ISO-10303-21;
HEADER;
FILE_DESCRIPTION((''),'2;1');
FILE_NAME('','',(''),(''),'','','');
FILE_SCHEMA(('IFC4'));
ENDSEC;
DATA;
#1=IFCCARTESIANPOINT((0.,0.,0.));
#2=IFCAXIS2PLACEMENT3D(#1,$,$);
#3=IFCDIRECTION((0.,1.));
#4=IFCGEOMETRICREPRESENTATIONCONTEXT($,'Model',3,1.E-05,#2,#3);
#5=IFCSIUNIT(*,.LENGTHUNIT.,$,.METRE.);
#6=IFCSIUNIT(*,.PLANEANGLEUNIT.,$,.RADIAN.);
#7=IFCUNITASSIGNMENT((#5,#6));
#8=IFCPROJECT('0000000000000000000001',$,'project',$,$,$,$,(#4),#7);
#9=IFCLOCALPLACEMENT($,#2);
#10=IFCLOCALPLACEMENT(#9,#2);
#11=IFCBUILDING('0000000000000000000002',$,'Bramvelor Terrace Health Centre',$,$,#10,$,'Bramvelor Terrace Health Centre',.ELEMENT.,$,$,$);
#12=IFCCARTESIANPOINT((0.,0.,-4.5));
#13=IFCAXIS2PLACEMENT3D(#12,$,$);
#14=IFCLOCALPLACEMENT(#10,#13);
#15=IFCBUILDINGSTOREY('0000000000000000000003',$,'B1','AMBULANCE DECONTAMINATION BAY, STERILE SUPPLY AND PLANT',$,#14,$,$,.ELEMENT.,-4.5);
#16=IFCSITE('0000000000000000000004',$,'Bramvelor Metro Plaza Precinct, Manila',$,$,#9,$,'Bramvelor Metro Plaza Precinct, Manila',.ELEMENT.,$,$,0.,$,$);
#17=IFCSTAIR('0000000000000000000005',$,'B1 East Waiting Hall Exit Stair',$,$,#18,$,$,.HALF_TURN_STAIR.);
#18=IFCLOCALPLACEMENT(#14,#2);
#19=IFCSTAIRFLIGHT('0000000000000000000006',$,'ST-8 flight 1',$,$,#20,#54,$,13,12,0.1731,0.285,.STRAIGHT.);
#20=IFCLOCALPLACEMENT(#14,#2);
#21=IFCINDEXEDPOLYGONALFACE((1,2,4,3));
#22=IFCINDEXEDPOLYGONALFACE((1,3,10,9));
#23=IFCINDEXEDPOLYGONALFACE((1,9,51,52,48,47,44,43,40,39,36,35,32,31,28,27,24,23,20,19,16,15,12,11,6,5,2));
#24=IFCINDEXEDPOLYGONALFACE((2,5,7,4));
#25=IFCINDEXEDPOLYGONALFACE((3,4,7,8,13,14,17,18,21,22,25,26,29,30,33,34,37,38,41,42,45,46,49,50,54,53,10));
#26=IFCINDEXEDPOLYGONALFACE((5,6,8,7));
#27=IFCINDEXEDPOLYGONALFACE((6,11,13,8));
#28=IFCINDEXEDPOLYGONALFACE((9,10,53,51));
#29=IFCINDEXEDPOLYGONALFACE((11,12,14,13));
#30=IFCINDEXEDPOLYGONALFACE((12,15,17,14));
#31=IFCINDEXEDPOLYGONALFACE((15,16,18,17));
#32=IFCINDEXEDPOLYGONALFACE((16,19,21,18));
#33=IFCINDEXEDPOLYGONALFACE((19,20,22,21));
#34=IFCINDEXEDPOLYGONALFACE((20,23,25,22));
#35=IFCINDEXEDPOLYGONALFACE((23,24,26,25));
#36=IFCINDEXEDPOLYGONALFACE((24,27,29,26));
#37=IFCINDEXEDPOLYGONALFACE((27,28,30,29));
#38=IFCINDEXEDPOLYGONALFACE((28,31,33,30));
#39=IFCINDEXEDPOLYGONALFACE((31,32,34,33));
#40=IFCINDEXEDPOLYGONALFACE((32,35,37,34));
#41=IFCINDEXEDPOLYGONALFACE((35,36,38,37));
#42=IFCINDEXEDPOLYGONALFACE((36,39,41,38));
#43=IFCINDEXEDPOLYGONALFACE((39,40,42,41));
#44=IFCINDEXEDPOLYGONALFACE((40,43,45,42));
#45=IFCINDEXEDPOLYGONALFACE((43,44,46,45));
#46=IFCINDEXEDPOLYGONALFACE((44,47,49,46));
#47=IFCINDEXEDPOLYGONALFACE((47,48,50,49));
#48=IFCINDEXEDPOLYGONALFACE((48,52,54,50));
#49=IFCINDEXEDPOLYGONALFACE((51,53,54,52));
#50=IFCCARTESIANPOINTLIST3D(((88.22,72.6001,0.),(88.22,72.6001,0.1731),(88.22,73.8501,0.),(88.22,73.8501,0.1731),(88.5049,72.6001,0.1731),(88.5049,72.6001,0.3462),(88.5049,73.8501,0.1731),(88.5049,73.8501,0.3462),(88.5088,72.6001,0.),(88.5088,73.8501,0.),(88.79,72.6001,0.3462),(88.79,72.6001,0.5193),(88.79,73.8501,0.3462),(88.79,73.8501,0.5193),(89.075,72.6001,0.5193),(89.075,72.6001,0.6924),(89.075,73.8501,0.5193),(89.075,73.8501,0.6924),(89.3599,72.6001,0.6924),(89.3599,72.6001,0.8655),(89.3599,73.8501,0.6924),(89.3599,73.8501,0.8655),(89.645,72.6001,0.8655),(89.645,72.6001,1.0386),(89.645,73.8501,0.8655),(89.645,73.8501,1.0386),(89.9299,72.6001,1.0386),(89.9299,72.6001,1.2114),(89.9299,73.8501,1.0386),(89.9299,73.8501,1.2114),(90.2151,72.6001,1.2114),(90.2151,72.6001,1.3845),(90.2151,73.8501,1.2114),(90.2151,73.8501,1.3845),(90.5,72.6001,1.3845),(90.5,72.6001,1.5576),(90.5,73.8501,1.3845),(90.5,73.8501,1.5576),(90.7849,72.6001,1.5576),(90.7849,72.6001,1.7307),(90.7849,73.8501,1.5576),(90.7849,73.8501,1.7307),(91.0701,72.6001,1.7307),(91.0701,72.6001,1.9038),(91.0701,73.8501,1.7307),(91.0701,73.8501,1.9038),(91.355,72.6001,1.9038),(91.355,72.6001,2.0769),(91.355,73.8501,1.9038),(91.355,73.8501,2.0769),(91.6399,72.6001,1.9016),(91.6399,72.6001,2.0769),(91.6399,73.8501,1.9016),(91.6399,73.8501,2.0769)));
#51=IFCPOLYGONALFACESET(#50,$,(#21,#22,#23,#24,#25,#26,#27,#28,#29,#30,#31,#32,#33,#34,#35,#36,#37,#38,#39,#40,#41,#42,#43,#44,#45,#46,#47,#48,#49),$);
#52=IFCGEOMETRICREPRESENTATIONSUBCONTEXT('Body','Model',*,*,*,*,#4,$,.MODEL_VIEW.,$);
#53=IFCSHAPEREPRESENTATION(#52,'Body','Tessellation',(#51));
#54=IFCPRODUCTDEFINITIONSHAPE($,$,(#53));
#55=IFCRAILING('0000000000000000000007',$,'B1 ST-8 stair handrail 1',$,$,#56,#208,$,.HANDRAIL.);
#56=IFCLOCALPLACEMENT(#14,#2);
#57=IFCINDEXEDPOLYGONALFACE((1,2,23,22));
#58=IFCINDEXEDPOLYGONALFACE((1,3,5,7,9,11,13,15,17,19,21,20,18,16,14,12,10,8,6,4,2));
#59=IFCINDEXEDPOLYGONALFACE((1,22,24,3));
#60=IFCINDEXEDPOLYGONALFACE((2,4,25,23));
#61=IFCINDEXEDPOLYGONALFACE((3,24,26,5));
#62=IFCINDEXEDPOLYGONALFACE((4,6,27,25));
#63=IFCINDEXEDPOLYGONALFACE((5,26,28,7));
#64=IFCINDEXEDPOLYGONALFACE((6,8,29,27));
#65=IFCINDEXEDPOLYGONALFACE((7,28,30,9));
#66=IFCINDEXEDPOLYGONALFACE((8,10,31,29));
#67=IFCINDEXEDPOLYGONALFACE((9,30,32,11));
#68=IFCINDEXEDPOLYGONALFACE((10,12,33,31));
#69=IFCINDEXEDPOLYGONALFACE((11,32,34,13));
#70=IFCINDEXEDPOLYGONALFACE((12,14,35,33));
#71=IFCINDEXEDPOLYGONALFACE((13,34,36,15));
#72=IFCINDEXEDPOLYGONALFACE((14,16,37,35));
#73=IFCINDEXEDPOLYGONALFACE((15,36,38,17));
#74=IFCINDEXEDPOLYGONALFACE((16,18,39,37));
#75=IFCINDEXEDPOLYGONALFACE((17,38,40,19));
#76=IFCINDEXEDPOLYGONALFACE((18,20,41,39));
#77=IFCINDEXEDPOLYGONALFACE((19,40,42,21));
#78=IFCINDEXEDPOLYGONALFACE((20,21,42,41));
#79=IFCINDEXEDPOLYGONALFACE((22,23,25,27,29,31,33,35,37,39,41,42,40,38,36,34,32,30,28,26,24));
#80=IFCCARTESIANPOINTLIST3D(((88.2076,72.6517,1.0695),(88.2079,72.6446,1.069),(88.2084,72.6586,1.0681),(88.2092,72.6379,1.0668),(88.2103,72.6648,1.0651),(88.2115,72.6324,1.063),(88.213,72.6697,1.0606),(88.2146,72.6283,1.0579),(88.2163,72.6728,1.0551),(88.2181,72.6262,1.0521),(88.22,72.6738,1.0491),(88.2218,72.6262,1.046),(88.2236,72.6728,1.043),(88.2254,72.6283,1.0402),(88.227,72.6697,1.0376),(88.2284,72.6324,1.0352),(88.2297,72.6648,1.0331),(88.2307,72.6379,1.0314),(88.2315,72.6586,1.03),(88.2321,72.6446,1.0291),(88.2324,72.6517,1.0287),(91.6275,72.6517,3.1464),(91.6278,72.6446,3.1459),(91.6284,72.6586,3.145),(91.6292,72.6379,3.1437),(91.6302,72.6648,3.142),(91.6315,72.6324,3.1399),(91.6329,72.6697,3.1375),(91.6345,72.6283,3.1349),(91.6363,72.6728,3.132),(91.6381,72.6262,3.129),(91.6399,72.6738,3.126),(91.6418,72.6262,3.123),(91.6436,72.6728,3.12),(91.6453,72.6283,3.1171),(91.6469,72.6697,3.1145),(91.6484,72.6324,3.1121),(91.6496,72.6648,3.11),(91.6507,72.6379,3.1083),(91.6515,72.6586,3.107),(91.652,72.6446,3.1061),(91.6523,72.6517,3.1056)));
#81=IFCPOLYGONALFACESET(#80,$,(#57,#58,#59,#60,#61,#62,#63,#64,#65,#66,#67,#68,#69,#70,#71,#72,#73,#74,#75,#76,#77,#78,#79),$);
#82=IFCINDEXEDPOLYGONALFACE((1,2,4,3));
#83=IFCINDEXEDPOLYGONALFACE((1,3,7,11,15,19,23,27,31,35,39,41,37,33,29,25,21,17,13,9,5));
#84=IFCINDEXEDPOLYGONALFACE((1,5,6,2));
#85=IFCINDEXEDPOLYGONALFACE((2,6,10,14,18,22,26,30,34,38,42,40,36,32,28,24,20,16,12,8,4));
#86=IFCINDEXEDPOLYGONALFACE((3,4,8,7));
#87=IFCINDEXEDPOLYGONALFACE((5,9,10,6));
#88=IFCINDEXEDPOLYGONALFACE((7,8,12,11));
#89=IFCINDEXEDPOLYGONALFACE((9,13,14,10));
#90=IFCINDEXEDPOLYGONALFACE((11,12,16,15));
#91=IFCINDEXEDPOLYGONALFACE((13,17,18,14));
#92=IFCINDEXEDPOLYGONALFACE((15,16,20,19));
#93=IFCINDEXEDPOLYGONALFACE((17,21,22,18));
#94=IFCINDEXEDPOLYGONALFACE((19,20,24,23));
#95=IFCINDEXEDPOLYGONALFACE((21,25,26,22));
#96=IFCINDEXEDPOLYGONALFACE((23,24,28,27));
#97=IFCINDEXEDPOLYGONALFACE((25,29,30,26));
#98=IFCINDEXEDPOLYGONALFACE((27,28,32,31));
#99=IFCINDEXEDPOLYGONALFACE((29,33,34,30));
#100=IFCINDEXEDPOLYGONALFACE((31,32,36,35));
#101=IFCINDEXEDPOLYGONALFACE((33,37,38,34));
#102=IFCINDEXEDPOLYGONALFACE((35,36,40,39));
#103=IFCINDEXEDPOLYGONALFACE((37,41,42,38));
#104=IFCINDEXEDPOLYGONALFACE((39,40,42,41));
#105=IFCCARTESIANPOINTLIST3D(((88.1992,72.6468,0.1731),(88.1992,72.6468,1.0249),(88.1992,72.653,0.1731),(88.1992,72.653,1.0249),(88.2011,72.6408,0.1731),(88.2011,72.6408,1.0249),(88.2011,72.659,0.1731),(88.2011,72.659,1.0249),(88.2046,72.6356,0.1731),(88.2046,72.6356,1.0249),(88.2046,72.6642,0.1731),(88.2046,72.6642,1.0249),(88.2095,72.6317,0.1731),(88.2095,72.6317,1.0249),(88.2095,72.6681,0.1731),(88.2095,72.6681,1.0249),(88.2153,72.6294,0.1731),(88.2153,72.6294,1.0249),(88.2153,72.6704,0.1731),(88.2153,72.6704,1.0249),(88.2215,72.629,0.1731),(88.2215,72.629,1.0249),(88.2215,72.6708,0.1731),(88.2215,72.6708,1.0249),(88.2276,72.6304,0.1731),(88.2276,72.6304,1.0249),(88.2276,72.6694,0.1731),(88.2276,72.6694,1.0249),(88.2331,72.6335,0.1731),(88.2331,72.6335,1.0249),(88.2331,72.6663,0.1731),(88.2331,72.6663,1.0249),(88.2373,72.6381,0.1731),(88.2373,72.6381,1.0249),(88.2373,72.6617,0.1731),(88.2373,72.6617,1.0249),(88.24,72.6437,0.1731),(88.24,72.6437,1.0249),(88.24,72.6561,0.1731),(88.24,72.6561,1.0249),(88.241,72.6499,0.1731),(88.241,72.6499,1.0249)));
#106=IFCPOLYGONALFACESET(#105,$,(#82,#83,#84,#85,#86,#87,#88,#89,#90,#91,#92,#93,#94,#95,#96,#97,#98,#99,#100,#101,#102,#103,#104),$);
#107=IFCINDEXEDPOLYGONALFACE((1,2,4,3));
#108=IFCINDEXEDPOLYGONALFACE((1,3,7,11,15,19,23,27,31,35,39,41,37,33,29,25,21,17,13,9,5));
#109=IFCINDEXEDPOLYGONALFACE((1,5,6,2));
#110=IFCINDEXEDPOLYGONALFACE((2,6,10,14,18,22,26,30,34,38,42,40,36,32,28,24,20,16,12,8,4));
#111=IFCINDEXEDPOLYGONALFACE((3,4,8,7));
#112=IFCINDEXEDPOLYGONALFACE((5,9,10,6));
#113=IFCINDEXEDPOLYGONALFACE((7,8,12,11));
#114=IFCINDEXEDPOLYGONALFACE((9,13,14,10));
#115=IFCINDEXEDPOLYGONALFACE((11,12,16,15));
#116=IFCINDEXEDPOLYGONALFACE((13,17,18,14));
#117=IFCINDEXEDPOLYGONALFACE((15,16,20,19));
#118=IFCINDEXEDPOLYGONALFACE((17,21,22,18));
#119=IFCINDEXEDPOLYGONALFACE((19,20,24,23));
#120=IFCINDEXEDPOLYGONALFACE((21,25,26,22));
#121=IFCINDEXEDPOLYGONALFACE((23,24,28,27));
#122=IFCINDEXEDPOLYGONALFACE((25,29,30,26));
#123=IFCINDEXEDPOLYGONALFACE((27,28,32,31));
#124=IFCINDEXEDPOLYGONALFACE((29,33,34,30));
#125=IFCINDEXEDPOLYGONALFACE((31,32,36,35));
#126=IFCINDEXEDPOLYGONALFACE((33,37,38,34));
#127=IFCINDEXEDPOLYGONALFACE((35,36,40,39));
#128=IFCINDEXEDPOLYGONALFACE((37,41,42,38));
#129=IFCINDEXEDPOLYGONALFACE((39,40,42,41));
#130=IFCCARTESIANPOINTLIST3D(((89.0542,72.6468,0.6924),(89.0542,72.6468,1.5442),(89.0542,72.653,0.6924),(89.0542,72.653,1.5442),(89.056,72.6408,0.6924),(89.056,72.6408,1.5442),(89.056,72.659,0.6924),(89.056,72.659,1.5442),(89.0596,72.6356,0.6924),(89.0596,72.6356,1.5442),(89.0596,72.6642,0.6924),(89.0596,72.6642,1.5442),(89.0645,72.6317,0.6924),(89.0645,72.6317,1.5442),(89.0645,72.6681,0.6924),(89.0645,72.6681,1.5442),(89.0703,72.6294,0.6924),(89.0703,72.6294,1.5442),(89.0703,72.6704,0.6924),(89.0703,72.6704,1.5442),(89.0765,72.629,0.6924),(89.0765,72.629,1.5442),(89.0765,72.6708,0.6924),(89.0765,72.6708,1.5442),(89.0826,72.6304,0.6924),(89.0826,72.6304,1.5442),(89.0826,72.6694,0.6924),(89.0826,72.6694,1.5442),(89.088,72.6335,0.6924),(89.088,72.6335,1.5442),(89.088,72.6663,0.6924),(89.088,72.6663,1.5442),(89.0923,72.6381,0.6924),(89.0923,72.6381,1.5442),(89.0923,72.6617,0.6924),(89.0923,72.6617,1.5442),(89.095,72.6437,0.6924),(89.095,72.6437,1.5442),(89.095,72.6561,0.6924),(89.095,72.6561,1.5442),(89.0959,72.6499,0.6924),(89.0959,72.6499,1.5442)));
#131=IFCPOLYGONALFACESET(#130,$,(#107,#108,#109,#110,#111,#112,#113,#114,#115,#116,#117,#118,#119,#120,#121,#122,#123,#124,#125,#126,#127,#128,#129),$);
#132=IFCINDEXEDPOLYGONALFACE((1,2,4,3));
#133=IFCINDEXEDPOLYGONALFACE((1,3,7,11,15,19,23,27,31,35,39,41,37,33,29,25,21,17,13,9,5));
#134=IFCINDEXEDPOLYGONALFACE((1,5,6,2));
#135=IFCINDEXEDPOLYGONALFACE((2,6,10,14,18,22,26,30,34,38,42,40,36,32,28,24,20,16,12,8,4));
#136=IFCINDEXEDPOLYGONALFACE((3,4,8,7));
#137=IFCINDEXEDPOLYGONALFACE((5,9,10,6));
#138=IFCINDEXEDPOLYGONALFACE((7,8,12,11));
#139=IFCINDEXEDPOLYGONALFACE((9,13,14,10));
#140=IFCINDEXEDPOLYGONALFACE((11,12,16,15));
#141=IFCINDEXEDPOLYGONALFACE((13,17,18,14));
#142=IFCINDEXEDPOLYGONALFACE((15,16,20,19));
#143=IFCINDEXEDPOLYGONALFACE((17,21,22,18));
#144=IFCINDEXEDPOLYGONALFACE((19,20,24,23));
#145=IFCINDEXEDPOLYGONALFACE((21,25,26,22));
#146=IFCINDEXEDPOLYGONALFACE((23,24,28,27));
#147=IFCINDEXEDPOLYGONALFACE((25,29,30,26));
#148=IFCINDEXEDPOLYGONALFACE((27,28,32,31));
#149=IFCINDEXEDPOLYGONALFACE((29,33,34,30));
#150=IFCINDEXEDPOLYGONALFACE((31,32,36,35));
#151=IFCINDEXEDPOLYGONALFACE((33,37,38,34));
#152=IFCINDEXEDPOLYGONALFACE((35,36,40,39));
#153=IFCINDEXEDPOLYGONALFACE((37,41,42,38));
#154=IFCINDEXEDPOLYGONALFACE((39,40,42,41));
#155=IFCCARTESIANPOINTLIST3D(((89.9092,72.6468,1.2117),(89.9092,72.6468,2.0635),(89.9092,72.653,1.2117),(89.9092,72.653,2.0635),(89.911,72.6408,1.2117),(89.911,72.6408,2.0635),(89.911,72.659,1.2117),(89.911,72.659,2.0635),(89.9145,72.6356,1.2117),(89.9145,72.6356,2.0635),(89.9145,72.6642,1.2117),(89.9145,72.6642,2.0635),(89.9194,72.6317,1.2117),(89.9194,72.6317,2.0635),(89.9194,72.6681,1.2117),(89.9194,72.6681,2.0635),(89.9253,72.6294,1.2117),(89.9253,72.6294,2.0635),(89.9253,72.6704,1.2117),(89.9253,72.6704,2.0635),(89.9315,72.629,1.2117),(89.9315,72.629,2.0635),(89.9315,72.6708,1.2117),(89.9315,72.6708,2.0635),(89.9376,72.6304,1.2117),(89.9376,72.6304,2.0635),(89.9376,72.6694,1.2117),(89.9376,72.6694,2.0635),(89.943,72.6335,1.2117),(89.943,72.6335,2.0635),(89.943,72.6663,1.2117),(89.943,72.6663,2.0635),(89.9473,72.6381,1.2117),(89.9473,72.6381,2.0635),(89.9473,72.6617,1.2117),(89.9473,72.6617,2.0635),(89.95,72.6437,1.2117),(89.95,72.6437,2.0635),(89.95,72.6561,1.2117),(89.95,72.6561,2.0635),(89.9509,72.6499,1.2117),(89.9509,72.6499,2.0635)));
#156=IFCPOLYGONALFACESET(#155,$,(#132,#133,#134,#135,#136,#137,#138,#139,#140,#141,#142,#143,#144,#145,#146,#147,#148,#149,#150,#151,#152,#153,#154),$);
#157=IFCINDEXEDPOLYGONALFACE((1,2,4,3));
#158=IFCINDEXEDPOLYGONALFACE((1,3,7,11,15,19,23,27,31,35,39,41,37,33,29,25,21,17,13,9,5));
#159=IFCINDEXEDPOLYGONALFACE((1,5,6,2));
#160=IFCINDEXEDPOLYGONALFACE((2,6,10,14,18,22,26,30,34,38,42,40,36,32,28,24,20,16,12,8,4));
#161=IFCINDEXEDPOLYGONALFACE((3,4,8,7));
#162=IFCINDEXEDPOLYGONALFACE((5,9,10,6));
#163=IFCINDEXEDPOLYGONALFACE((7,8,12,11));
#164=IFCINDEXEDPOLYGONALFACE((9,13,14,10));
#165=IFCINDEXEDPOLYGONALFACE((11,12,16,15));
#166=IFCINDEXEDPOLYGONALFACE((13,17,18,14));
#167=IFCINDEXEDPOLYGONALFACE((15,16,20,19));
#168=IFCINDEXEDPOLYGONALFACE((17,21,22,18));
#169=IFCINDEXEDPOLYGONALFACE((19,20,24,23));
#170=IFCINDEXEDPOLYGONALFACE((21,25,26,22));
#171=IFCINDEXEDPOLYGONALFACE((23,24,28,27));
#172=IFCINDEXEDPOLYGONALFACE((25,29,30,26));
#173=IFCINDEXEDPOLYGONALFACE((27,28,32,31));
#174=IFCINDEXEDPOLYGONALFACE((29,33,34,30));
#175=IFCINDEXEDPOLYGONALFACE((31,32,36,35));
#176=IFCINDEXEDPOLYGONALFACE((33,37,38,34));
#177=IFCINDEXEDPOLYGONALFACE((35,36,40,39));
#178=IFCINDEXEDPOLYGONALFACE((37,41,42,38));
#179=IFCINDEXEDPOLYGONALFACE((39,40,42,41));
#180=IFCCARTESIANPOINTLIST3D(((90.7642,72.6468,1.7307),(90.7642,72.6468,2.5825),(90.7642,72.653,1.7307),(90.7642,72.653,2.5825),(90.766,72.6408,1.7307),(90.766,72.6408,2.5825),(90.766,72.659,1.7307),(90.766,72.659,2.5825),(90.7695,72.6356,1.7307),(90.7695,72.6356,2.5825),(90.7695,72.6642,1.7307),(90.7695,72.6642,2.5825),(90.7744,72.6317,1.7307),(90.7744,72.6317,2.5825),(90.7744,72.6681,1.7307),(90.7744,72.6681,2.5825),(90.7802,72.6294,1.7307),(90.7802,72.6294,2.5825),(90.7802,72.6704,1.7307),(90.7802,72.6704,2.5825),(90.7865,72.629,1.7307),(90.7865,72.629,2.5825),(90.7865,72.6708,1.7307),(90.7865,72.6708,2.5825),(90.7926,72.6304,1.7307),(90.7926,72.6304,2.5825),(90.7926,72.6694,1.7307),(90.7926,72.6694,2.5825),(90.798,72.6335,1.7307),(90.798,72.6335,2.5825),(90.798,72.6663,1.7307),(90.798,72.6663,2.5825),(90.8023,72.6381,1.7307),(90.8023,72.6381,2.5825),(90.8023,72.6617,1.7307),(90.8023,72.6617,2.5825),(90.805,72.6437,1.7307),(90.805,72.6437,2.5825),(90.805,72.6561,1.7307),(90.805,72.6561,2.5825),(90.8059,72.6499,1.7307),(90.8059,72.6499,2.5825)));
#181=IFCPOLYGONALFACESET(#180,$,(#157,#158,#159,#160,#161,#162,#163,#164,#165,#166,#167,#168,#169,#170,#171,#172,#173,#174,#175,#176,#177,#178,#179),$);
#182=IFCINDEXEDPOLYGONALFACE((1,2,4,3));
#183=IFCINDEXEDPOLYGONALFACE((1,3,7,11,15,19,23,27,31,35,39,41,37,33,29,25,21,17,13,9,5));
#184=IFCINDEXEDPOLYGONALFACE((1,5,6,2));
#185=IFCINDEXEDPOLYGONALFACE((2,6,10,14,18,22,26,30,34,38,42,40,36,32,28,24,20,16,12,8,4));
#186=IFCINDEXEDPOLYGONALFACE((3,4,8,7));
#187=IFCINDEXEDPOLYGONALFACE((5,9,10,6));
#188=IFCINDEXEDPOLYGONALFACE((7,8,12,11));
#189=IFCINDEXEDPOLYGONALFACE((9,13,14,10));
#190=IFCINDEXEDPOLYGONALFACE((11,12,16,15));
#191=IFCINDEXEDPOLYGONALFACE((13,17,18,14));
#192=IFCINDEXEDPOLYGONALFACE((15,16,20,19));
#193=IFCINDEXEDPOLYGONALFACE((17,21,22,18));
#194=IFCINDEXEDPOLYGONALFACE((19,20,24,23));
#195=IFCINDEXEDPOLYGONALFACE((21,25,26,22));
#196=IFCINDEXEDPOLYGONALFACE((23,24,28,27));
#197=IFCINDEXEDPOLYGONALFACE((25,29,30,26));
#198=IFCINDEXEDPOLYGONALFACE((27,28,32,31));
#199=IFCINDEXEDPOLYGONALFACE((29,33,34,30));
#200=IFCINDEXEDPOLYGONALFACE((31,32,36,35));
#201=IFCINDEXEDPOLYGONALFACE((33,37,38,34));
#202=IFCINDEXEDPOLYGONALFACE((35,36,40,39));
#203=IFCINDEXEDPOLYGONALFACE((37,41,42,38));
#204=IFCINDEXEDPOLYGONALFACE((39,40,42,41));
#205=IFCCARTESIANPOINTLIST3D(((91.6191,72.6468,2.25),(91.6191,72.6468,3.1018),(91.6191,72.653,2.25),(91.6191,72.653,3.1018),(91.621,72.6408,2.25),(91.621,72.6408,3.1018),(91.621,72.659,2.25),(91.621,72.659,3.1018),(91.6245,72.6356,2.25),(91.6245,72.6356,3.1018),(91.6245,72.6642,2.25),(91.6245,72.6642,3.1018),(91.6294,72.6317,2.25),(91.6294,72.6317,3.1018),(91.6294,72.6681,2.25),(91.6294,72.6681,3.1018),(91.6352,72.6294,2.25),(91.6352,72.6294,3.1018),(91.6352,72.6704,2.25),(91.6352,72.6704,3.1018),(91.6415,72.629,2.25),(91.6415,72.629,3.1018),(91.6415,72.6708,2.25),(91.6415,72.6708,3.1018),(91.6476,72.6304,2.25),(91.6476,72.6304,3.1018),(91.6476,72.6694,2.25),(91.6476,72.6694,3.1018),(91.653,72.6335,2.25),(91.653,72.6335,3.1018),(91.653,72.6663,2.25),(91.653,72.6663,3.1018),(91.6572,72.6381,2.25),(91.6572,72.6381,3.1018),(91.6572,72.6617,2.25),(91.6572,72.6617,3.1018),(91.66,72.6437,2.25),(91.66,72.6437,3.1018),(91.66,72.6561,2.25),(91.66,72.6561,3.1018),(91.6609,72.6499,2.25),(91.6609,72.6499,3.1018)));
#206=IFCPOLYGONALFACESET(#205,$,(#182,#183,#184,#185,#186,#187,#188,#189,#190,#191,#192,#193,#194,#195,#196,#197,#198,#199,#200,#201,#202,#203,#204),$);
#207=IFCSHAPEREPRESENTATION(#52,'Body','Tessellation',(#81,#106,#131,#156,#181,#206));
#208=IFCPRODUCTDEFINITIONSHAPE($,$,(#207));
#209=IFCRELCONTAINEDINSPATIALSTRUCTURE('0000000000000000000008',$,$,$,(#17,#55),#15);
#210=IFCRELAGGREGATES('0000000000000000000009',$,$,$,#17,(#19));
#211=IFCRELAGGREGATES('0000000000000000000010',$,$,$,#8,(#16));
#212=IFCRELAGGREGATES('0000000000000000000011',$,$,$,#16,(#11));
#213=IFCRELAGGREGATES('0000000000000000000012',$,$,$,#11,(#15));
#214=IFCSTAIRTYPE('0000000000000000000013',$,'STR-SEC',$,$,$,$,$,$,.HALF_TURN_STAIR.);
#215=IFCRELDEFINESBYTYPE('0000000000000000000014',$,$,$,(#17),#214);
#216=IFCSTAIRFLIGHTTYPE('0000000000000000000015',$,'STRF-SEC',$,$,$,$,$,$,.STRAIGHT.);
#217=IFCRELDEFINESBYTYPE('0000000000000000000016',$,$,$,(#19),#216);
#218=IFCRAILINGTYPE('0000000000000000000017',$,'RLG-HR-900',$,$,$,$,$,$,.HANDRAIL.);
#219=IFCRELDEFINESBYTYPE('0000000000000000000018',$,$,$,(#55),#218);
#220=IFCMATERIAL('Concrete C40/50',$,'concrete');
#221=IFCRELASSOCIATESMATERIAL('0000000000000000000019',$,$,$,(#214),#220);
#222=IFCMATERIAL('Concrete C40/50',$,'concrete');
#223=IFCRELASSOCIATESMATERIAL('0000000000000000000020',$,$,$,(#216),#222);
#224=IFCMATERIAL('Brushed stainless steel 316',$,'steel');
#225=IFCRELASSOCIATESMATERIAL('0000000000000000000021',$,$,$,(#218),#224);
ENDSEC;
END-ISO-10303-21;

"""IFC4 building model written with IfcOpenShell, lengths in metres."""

from ifc_helpers import new_model, si_unit, direction, frame, origin, origin_2d, place, context, subcontext, project, spatial, polyline, circle, outline, extrude, material, type_object, element, aggregate, save


model = new_model("IFC4")

# Units and contexts
model_context = context("Model", 3, precision=1e-05, world=origin(), true_north=direction((0.0, 1.0)))
body_context = subcontext(model_context, "Body", "Model", "MODEL_VIEW")
ifc_project = project(units=[si_unit("LENGTHUNIT", "METRE"), si_unit("PLANEANGLEUNIT", "RADIAN")], contexts=[model_context])

# Site, building, storey
site_placement = place(None, origin())
site = spatial("IfcSite", under=ifc_project, at=site_placement, Name="Bramvelor Metro Plaza Precinct, Manila", LongName="Bramvelor Metro Plaza Precinct, Manila", CompositionType="ELEMENT", RefElevation=0.0)
building_placement = place(site_placement, origin())
building = spatial("IfcBuilding", under=site, at=building_placement, Name="Bramvelor Terrace Health Centre", LongName="Bramvelor Terrace Health Centre", CompositionType="ELEMENT")
storey_placement = place(building_placement, frame((0.0, 0.0, -4.5)))
storey = spatial("IfcBuildingStorey", under=building, at=storey_placement, Name="B1", Description="AMBULANCE DECONTAMINATION BAY, STERILE SUPPLY AND PLANT", CompositionType="ELEMENT", Elevation=-4.5)

# Stair, stair flight
ifc_material_1 = material(Name="Concrete C40/50", Category="concrete")
stair_type = type_object("IfcStairType", Name="STR-SEC", PredefinedType="HALF_TURN_STAIR", material=ifc_material_1)
stair_placement = place(storey_placement, origin())
stair = element("IfcStair", 1, at=stair_placement, inside=storey, type_object=stair_type, Name="B1 East Waiting Hall Exit Stair", PredefinedType="HALF_TURN_STAIR")
ifc_material_2 = material(Name="Concrete C40/50", Category="concrete")
stair_flight_type = type_object("IfcStairFlightType", Name="STRF-SEC", PredefinedType="STRAIGHT", material=ifc_material_2)
stair_flight_placement = place(storey_placement, frame((88.22, 73.2251, 0.0), z_axis=(0.0, 0.0, 1.0), x_axis=(1.0, 0.0, 0.0)))
stair_flight = element("IfcStairFlight", 2, at=stair_flight_placement, type_object=stair_flight_type, Name="ST-8 flight 1", NumberOfRisers=13, NumberOfTreads=12, PredefinedType="STRAIGHT", RiserHeight=0.1731, TreadLength=0.285, context=body_context, shape_type="SweptSolid", body=[
    extrude(outline(polyline([(0.0, 0.0), (0.0, 0.1731), (0.2849, 0.1731), (0.2849, 0.3462), (0.5701, 0.3462), (0.5701, 0.5193), (0.855, 0.5193), (0.855, 0.6924), (1.1399, 0.6924), (1.1399, 0.8655), (1.425, 0.8655), (1.425, 1.0386), (1.71, 1.0386), (1.71, 1.2114), (1.9951, 1.2114), (1.9951, 1.3845), (2.28, 1.3845), (2.28, 1.5576), (2.5649, 1.5576), (2.5649, 1.7307), (2.8501, 1.7307), (2.8501, 1.9038), (3.135, 1.9038), (3.135, 2.0769), (3.4199, 2.0769), (3.4199, 2.25), (3.4199, 1.9016), (0.2888, 0.0), (0.0, 0.0)])), frame((0.0, 0.625, 0.0), z_axis=(0.0, -1.0, 0.0), x_axis=(1.0, 0.0, 0.0)), (0.0, 0.0, 1.0), 1.25),
])
aggregate(stair, [stair_flight])

# Railing
ifc_material_3 = material(Name="Brushed stainless steel 316", Category="steel")
railing_type = type_object("IfcRailingType", Name="RLG-HR-900", PredefinedType="HANDRAIL", material=ifc_material_3)
railing_placement = place(storey_placement, frame((88.22, 72.6499, 0.1731)))
element("IfcRailing", 3, at=railing_placement, inside=storey, type_object=railing_type, Name="B1 ST-8 stair handrail 1", PredefinedType="HANDRAIL", context=body_context, shape_type="SweptSolid", body=[
    extrude(circle(Radius=0.0239, at=origin_2d()), frame((0.0, 0.0, 0.876), z_axis=(0.85473, 0.0, 0.519074), x_axis=(0.0, 1.0, 0.0)), (0.0, 0.0, 1.0), 4.0012),
    extrude(circle(Radius=0.021, at=origin_2d()), origin(), (0.0, 0.0, 1.0), 0.8518),
    extrude(circle(Radius=0.021, at=origin_2d()), frame((0.855, 0.0, 0.5193)), (0.0, 0.0, 1.0), 0.8518),
    extrude(circle(Radius=0.021, at=origin_2d()), frame((1.71, 0.0, 1.0386)), (0.0, 0.0, 1.0), 0.8518),
    extrude(circle(Radius=0.021, at=origin_2d()), frame((2.5649, 0.0, 1.5576)), (0.0, 0.0, 1.0), 0.8518),
    extrude(circle(Radius=0.021, at=origin_2d()), frame((3.4199, 0.0, 2.0769)), (0.0, 0.0, 1.0), 0.8518),
])

save(model, "model.ifc")
